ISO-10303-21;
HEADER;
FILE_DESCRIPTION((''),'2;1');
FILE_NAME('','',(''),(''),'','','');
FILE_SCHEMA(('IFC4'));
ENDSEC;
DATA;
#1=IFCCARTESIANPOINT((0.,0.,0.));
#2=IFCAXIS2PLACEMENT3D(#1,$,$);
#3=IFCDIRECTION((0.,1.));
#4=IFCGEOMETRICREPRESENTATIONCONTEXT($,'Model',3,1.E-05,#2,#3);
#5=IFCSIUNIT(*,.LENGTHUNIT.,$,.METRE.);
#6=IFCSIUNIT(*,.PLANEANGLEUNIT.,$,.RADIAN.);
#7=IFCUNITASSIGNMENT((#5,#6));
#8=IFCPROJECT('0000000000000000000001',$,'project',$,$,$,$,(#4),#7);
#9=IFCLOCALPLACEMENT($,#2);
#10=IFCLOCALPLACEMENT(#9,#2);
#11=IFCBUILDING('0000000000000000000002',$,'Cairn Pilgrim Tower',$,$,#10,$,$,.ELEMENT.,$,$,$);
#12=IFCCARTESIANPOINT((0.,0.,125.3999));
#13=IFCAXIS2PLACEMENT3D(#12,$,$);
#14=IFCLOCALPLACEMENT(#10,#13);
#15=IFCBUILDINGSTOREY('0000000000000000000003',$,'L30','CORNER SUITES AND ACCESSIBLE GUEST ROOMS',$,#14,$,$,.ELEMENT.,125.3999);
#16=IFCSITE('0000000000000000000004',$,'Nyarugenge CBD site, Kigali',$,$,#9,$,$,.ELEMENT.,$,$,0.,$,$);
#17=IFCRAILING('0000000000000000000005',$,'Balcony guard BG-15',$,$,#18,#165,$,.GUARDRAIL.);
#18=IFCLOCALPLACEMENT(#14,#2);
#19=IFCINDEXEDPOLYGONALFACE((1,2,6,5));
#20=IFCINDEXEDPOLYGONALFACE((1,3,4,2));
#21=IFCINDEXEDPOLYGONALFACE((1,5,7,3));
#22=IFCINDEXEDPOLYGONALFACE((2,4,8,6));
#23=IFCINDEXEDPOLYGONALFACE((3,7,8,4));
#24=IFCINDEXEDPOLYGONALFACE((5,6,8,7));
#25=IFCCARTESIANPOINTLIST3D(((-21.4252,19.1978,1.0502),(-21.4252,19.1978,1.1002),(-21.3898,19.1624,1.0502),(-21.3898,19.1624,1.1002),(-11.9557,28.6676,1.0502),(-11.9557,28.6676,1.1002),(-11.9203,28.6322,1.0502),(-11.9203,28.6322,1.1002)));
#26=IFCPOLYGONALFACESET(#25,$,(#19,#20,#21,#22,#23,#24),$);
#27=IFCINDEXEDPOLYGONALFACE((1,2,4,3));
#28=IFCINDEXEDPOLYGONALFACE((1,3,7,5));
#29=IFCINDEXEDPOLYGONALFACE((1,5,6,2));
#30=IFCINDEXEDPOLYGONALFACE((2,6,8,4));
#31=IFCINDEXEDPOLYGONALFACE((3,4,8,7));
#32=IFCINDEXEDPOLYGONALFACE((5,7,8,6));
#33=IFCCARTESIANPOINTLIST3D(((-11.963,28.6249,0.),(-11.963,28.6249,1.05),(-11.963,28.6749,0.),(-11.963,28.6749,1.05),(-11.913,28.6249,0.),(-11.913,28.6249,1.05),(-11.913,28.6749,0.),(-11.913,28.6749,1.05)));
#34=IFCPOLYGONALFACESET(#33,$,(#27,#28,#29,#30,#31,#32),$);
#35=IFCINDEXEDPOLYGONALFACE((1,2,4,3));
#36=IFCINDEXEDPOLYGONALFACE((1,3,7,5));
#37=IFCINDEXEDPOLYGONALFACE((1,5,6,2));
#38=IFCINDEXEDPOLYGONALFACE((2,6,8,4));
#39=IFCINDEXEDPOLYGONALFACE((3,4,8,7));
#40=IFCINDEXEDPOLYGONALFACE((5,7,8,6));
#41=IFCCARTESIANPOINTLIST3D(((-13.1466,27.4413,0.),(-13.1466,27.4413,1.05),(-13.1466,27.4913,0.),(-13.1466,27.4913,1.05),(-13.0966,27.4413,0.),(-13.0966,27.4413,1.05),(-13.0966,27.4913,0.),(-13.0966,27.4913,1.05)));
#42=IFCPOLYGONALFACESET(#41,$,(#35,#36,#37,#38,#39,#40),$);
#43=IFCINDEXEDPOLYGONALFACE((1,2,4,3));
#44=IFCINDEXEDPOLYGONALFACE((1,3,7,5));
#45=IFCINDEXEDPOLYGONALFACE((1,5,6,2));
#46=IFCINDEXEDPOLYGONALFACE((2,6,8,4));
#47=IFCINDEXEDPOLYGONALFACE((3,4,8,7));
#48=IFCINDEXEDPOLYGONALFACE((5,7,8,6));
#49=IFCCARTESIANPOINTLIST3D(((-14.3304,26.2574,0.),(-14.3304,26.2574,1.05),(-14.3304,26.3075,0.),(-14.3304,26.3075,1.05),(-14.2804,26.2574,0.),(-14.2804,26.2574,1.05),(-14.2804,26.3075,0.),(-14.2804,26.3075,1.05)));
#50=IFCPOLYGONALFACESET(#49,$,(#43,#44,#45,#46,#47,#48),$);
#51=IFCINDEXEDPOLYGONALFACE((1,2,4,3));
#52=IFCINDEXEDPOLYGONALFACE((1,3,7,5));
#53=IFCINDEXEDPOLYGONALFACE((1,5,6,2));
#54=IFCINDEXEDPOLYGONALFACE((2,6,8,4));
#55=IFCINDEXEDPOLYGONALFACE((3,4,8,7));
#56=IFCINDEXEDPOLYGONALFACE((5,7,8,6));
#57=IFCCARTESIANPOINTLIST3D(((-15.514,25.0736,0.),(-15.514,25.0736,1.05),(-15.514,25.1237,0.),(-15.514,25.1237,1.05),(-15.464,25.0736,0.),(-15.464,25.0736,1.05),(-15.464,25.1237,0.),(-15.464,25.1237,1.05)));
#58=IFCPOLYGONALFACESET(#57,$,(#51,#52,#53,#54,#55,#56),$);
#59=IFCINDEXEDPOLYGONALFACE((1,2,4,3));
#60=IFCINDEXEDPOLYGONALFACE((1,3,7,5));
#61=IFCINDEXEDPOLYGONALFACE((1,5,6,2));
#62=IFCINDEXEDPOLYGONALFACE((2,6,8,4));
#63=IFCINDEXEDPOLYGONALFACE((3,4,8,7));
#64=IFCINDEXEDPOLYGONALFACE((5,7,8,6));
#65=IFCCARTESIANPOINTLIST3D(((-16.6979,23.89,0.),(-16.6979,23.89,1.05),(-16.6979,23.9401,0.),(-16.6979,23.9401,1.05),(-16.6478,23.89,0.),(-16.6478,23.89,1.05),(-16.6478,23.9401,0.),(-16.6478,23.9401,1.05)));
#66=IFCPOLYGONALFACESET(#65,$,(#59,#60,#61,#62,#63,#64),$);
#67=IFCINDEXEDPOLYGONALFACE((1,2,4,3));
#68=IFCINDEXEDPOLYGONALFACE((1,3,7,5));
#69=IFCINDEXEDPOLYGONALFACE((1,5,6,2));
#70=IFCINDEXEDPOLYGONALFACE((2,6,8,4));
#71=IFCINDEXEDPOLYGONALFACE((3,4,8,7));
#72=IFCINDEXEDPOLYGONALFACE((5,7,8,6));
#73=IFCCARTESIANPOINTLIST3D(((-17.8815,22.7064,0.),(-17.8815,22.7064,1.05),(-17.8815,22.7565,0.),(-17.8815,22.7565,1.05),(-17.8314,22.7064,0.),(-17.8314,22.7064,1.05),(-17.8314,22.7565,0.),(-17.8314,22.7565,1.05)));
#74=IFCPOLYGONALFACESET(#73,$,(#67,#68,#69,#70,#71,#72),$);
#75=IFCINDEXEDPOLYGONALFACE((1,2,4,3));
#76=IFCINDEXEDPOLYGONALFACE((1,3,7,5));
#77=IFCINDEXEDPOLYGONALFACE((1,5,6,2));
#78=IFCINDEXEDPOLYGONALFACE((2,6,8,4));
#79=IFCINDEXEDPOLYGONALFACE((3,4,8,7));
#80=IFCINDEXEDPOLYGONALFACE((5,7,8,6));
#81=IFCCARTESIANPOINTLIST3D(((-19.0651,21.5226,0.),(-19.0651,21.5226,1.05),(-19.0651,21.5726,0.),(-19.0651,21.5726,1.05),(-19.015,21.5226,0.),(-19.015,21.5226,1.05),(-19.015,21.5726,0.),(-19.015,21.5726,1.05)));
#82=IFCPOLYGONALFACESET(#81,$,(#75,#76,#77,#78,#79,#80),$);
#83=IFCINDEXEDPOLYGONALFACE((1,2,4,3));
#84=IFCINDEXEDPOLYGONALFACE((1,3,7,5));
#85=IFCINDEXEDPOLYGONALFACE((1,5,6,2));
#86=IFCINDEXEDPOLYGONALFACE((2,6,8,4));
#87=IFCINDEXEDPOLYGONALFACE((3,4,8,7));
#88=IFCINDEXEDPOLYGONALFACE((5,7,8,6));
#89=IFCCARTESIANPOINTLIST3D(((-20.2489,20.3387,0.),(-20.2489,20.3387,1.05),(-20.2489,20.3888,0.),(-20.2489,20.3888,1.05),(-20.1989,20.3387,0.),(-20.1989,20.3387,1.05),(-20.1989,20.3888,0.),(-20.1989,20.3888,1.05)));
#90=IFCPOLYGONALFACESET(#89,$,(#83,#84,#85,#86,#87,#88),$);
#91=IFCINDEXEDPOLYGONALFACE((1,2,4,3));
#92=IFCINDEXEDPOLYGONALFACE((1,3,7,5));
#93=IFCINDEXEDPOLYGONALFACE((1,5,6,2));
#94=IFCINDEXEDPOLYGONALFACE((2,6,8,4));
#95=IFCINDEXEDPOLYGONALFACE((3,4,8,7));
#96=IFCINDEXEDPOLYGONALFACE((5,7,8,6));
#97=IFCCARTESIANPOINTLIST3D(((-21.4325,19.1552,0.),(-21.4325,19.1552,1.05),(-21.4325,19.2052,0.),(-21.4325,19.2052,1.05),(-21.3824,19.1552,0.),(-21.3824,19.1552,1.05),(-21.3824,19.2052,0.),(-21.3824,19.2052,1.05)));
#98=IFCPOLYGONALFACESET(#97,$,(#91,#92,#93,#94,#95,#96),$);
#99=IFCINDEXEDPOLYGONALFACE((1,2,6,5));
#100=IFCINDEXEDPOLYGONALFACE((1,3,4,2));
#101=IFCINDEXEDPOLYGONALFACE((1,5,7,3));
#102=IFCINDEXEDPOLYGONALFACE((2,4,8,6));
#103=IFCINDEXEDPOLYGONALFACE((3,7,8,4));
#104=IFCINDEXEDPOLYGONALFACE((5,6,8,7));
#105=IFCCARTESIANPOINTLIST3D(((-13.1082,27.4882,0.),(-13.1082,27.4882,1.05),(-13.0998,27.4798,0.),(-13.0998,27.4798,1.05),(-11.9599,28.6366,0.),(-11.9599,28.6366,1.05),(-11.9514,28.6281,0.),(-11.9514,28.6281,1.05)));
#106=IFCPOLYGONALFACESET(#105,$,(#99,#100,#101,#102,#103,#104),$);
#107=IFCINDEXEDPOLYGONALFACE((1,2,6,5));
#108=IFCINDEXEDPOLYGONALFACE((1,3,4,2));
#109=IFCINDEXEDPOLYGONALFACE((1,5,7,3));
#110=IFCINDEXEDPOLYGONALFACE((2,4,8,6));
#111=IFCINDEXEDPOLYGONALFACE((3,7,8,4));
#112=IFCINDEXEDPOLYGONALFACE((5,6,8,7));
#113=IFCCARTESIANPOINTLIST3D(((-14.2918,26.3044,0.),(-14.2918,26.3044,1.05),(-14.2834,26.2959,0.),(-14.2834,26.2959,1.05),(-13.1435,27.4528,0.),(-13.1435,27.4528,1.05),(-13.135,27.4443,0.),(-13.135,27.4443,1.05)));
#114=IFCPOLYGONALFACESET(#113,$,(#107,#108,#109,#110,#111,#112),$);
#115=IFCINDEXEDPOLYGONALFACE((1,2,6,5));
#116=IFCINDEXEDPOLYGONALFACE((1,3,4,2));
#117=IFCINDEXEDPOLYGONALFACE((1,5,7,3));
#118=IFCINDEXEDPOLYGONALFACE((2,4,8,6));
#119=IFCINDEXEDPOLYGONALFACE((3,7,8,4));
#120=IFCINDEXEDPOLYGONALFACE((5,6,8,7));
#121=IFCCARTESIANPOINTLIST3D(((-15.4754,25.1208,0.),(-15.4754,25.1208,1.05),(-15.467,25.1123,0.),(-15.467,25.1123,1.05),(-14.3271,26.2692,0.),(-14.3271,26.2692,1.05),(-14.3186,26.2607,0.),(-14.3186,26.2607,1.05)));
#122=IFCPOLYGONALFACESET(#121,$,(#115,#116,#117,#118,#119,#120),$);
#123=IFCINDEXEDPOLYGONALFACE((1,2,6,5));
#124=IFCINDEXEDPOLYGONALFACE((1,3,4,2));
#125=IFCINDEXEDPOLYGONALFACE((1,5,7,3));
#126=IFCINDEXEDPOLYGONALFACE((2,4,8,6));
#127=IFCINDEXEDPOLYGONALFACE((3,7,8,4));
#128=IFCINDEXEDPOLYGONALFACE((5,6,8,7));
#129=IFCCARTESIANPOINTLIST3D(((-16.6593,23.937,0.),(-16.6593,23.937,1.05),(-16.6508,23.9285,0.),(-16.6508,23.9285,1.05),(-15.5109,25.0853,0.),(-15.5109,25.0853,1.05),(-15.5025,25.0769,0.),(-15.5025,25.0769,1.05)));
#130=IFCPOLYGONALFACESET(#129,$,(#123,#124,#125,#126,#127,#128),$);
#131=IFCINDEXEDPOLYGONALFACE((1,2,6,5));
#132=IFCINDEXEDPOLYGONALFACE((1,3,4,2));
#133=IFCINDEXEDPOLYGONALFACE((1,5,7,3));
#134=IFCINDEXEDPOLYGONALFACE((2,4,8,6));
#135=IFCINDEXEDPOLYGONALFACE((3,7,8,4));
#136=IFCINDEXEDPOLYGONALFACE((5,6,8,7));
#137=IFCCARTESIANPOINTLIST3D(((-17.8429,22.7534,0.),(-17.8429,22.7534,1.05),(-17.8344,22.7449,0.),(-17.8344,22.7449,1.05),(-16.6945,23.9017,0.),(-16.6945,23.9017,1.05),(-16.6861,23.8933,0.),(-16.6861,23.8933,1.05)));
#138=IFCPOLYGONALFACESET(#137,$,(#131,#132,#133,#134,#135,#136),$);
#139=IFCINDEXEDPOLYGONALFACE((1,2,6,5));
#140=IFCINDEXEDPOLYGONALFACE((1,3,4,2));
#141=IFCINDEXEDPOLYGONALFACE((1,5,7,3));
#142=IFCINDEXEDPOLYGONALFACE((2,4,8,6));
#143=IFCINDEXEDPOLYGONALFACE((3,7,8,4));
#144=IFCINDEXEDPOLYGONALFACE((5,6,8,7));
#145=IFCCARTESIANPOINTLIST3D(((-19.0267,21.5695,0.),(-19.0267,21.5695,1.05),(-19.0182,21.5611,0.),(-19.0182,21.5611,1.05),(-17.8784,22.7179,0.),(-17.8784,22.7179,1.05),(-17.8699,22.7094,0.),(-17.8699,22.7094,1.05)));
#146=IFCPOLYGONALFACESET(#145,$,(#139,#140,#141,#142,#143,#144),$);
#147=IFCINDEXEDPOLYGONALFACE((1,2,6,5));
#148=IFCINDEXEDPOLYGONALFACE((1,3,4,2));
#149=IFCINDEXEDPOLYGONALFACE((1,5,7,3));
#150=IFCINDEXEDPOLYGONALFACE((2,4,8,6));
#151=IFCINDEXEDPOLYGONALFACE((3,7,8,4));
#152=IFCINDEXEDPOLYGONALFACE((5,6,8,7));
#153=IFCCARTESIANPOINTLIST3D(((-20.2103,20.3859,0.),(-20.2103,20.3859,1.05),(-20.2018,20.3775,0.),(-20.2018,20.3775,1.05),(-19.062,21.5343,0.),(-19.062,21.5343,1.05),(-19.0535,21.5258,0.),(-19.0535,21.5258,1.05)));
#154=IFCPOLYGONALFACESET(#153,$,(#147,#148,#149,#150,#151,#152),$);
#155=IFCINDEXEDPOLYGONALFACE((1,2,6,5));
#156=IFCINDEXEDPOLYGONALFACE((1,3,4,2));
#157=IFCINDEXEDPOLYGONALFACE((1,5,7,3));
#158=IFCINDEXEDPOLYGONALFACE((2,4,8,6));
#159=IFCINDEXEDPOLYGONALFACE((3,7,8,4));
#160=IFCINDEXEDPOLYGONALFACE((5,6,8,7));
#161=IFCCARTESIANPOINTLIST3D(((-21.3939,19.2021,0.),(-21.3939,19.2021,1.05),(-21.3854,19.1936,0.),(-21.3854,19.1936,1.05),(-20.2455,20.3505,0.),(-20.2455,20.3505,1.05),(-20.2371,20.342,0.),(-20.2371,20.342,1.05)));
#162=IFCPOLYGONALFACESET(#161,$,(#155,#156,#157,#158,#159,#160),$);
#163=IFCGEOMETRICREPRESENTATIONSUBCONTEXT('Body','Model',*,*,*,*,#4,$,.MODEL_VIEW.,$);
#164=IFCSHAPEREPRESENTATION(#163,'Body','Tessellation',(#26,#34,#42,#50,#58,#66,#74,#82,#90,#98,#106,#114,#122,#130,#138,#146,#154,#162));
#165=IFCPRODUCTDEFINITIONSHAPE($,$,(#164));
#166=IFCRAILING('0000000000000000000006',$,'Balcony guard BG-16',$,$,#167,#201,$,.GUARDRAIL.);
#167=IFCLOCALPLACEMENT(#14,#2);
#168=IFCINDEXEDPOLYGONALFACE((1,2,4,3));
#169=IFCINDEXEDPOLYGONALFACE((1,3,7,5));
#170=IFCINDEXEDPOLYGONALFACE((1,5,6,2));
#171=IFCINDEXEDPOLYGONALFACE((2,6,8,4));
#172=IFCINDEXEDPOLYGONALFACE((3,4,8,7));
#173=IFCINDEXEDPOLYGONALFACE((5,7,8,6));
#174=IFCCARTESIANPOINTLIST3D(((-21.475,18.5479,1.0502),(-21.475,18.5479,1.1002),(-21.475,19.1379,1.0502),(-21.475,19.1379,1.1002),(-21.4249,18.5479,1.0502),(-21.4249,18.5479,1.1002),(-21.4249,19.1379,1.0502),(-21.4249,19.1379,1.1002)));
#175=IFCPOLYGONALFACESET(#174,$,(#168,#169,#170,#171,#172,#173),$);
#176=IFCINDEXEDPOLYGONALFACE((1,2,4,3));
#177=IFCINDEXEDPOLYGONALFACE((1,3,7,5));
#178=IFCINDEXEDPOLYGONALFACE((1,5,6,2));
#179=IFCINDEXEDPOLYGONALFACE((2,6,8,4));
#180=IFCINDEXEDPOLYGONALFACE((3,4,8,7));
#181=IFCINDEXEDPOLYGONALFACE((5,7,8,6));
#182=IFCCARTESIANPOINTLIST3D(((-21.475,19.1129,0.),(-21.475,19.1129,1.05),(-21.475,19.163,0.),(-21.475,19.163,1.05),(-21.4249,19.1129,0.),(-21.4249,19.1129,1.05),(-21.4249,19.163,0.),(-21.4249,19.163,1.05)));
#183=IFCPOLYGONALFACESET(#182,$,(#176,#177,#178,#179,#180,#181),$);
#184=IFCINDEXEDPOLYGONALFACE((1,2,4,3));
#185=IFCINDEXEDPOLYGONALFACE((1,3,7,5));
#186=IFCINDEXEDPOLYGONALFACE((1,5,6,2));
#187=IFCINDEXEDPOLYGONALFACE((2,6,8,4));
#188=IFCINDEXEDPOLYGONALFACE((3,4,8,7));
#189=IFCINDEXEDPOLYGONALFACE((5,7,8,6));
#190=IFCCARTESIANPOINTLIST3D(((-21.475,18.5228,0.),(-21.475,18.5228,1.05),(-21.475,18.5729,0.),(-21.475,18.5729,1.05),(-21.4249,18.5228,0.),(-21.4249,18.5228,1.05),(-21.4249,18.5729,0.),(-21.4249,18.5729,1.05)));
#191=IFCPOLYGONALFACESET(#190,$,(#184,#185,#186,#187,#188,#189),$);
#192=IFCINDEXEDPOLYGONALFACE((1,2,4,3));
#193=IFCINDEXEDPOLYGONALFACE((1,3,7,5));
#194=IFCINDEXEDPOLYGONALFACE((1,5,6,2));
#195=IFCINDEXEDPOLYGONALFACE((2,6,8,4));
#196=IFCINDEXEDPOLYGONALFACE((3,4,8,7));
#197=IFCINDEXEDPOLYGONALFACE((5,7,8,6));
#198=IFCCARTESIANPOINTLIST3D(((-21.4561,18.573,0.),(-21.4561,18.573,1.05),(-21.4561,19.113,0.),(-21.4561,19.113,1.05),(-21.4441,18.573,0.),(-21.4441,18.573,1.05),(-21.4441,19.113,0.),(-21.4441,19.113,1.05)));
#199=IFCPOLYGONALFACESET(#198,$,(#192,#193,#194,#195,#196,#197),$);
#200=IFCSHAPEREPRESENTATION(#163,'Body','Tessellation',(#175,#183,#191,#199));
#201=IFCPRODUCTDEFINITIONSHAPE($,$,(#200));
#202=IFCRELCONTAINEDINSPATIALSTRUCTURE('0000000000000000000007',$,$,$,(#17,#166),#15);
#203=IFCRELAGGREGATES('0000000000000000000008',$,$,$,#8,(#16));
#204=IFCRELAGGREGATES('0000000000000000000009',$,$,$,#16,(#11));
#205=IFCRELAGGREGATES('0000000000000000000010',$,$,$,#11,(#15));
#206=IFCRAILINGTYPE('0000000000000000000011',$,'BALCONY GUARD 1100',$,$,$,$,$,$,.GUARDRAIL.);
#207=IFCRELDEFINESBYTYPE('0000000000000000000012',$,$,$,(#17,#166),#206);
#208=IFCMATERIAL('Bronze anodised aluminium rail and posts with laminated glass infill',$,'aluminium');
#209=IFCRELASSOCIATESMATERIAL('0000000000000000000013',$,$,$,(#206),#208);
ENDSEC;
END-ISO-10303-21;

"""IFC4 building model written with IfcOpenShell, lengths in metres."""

from ifc_helpers import new_model, si_unit, direction, frame, origin, origin_2d, place, context, subcontext, project, spatial, polyline, rectangle, outline, extrude, material, type_object, element, save


model = new_model("IFC4")

# Units and contexts
model_context = context("Model", 3, precision=1e-05, world=origin(), true_north=direction((0.0, 1.0)))
body_context = subcontext(model_context, "Body", "Model", "MODEL_VIEW")
ifc_project = project(units=[si_unit("LENGTHUNIT", "METRE"), si_unit("PLANEANGLEUNIT", "RADIAN")], contexts=[model_context])

# Site, building, storey
site_placement = place(None, origin())
site = spatial("IfcSite", under=ifc_project, at=site_placement, Name="Nyarugenge CBD site, Kigali", CompositionType="ELEMENT", RefElevation=0.0)
building_placement = place(site_placement, origin())
building = spatial("IfcBuilding", under=site, at=building_placement, Name="Cairn Pilgrim Tower", CompositionType="ELEMENT")
storey_placement = place(building_placement, frame((0.0, 0.0, 125.3999)))
storey = spatial("IfcBuildingStorey", under=building, at=storey_placement, Name="L30", Description="CORNER SUITES AND ACCESSIBLE GUEST ROOMS", CompositionType="ELEMENT", Elevation=125.3999)

# Railings
ifc_material_1 = material(Name="Bronze anodised aluminium rail and posts with laminated glass infill", Category="aluminium")
railing_type = type_object("IfcRailingType", Name="BALCONY GUARD 1100", PredefinedType="GUARDRAIL", material=ifc_material_1)
railing_1_placement = place(storey_placement, frame((-11.938, 28.6499, 0.0)))
element("IfcRailing", 1, at=railing_1_placement, inside=storey, type_object=railing_type, Name="Balcony guard BG-15", PredefinedType="GUARDRAIL", context=body_context, shape_type="SweptSolid", body=[
    extrude(rectangle(XDim=0.05, YDim=0.05, at=origin_2d()), frame((0.0, 0.0, 1.0752), z_axis=(-0.707098, -0.707116, 0.0), x_axis=(0.707116, -0.707098, 0.0)), (0.0, 0.0, 1.0), 13.3921),
    extrude(rectangle(XDim=0.05, YDim=0.05, at=origin_2d()), origin(), (0.0, 0.0, 1.0), 1.05),
    extrude(rectangle(XDim=0.05, YDim=0.05, at=origin_2d()), frame((-1.1836, -1.1836, 0.0)), (0.0, 0.0, 1.0), 1.05),
    extrude(rectangle(XDim=0.05, YDim=0.05, at=origin_2d()), frame((-2.3674, -2.3674, 0.0)), (0.0, 0.0, 1.0), 1.05),
    extrude(rectangle(XDim=0.05, YDim=0.05, at=origin_2d()), frame((-3.551, -3.5513, 0.0)), (0.0, 0.0, 1.0), 1.05),
    extrude(rectangle(XDim=0.05, YDim=0.05, at=origin_2d()), frame((-4.7349, -4.7349, 0.0)), (0.0, 0.0, 1.0), 1.05),
    extrude(rectangle(XDim=0.05, YDim=0.05, at=origin_2d()), frame((-5.9185, -5.9185, 0.0)), (0.0, 0.0, 1.0), 1.05),
    extrude(rectangle(XDim=0.05, YDim=0.05, at=origin_2d()), frame((-7.1021, -7.1023, 0.0)), (0.0, 0.0, 1.0), 1.05),
    extrude(rectangle(XDim=0.05, YDim=0.05, at=origin_2d()), frame((-8.2859, -8.2861, 0.0)), (0.0, 0.0, 1.0), 1.05),
    extrude(rectangle(XDim=0.05, YDim=0.05, at=origin_2d()), frame((-9.4695, -9.4697, 0.0)), (0.0, 0.0, 1.0), 1.05),
    extrude(outline(polyline([(0.0249, 0.0), (1.6489, 0.0), (1.6489, 1.05), (0.0249, 1.05), (0.0249, 0.0)])), frame((0.0042, -0.0042, 0.0), z_axis=(-0.707116, 0.707098, 0.0), x_axis=(-0.707098, -0.707116, 0.0)), (0.0, 0.0, 1.0), 0.012),
    extrude(outline(polyline([(0.0249, 0.0), (1.6489, 0.0), (1.6489, 1.05), (0.0249, 1.05), (0.0249, 0.0)])), frame((-1.1794, -1.188, 0.0), z_axis=(-0.707116, 0.707098, 0.0), x_axis=(-0.707098, -0.707116, 0.0)), (0.0, 0.0, 1.0), 0.012),
    extrude(outline(polyline([(0.0249, 0.0), (1.6489, 0.0), (1.6489, 1.05), (0.0249, 1.05), (0.0249, 0.0)])), frame((-2.363, -2.3716, 0.0), z_axis=(-0.707116, 0.707098, 0.0), x_axis=(-0.707098, -0.707116, 0.0)), (0.0, 0.0, 1.0), 0.012),
    extrude(outline(polyline([(0.0249, 0.0), (1.6489, 0.0), (1.6489, 1.05), (0.0249, 1.05), (0.0249, 0.0)])), frame((-3.5469, -3.5554, 0.0), z_axis=(-0.707116, 0.707098, 0.0), x_axis=(-0.707098, -0.707116, 0.0)), (0.0, 0.0, 1.0), 0.012),
    extrude(outline(polyline([(0.0249, 0.0), (1.6489, 0.0), (1.6489, 1.05), (0.0249, 1.05), (0.0249, 0.0)])), frame((-4.7305, -4.739, 0.0), z_axis=(-0.707116, 0.707098, 0.0), x_axis=(-0.707098, -0.707116, 0.0)), (0.0, 0.0, 1.0), 0.012),
    extrude(outline(polyline([(0.0249, 0.0), (1.6489, 0.0), (1.6489, 1.05), (0.0249, 1.05), (0.0249, 0.0)])), frame((-5.9143, -5.9229, 0.0), z_axis=(-0.707116, 0.707098, 0.0), x_axis=(-0.707098, -0.707116, 0.0)), (0.0, 0.0, 1.0), 0.012),
    extrude(outline(polyline([(0.0249, 0.0), (1.6489, 0.0), (1.6489, 1.05), (0.0249, 1.05), (0.0249, 0.0)])), frame((-7.0979, -7.1064, 0.0), z_axis=(-0.707116, 0.707098, 0.0), x_axis=(-0.707098, -0.707116, 0.0)), (0.0, 0.0, 1.0), 0.012),
    extrude(outline(polyline([(0.0249, 0.0), (1.6489, 0.0), (1.6489, 1.05), (0.0249, 1.05), (0.0249, 0.0)])), frame((-8.2815, -8.2903, 0.0), z_axis=(-0.707116, 0.707098, 0.0), x_axis=(-0.707098, -0.707116, 0.0)), (0.0, 0.0, 1.0), 0.012),
])
railing_2_placement = place(storey_placement, frame((-21.45, 19.1379, 0.0)))
element("IfcRailing", 2, at=railing_2_placement, inside=storey, type_object=railing_type, Name="Balcony guard BG-16", PredefinedType="GUARDRAIL", context=body_context, shape_type="SweptSolid", body=[
    extrude(rectangle(XDim=0.05, YDim=0.05, at=origin_2d()), frame((0.0, 0.0, 1.0752), z_axis=(0.0, -1.0, 0.0), x_axis=(1.0, 0.0, 0.0)), (0.0, 0.0, 1.0), 0.5901),
    extrude(rectangle(XDim=0.05, YDim=0.05, at=origin_2d()), origin(), (0.0, 0.0, 1.0), 1.05),
    extrude(rectangle(XDim=0.05, YDim=0.05, at=origin_2d()), frame((0.0, -0.5901, 0.0)), (0.0, 0.0, 1.0), 1.05),
    extrude(outline(polyline([(0.0249, 0.0), (0.5649, 0.0), (0.5649, 1.05), (0.0249, 1.05), (0.0249, 0.0)])), frame((0.0059, 0.0, 0.0), z_axis=(-1.0, 0.0, 0.0), x_axis=(0.0, -1.0, 0.0)), (0.0, 0.0, 1.0), 0.012),
])

save(model, "model.ifc")
